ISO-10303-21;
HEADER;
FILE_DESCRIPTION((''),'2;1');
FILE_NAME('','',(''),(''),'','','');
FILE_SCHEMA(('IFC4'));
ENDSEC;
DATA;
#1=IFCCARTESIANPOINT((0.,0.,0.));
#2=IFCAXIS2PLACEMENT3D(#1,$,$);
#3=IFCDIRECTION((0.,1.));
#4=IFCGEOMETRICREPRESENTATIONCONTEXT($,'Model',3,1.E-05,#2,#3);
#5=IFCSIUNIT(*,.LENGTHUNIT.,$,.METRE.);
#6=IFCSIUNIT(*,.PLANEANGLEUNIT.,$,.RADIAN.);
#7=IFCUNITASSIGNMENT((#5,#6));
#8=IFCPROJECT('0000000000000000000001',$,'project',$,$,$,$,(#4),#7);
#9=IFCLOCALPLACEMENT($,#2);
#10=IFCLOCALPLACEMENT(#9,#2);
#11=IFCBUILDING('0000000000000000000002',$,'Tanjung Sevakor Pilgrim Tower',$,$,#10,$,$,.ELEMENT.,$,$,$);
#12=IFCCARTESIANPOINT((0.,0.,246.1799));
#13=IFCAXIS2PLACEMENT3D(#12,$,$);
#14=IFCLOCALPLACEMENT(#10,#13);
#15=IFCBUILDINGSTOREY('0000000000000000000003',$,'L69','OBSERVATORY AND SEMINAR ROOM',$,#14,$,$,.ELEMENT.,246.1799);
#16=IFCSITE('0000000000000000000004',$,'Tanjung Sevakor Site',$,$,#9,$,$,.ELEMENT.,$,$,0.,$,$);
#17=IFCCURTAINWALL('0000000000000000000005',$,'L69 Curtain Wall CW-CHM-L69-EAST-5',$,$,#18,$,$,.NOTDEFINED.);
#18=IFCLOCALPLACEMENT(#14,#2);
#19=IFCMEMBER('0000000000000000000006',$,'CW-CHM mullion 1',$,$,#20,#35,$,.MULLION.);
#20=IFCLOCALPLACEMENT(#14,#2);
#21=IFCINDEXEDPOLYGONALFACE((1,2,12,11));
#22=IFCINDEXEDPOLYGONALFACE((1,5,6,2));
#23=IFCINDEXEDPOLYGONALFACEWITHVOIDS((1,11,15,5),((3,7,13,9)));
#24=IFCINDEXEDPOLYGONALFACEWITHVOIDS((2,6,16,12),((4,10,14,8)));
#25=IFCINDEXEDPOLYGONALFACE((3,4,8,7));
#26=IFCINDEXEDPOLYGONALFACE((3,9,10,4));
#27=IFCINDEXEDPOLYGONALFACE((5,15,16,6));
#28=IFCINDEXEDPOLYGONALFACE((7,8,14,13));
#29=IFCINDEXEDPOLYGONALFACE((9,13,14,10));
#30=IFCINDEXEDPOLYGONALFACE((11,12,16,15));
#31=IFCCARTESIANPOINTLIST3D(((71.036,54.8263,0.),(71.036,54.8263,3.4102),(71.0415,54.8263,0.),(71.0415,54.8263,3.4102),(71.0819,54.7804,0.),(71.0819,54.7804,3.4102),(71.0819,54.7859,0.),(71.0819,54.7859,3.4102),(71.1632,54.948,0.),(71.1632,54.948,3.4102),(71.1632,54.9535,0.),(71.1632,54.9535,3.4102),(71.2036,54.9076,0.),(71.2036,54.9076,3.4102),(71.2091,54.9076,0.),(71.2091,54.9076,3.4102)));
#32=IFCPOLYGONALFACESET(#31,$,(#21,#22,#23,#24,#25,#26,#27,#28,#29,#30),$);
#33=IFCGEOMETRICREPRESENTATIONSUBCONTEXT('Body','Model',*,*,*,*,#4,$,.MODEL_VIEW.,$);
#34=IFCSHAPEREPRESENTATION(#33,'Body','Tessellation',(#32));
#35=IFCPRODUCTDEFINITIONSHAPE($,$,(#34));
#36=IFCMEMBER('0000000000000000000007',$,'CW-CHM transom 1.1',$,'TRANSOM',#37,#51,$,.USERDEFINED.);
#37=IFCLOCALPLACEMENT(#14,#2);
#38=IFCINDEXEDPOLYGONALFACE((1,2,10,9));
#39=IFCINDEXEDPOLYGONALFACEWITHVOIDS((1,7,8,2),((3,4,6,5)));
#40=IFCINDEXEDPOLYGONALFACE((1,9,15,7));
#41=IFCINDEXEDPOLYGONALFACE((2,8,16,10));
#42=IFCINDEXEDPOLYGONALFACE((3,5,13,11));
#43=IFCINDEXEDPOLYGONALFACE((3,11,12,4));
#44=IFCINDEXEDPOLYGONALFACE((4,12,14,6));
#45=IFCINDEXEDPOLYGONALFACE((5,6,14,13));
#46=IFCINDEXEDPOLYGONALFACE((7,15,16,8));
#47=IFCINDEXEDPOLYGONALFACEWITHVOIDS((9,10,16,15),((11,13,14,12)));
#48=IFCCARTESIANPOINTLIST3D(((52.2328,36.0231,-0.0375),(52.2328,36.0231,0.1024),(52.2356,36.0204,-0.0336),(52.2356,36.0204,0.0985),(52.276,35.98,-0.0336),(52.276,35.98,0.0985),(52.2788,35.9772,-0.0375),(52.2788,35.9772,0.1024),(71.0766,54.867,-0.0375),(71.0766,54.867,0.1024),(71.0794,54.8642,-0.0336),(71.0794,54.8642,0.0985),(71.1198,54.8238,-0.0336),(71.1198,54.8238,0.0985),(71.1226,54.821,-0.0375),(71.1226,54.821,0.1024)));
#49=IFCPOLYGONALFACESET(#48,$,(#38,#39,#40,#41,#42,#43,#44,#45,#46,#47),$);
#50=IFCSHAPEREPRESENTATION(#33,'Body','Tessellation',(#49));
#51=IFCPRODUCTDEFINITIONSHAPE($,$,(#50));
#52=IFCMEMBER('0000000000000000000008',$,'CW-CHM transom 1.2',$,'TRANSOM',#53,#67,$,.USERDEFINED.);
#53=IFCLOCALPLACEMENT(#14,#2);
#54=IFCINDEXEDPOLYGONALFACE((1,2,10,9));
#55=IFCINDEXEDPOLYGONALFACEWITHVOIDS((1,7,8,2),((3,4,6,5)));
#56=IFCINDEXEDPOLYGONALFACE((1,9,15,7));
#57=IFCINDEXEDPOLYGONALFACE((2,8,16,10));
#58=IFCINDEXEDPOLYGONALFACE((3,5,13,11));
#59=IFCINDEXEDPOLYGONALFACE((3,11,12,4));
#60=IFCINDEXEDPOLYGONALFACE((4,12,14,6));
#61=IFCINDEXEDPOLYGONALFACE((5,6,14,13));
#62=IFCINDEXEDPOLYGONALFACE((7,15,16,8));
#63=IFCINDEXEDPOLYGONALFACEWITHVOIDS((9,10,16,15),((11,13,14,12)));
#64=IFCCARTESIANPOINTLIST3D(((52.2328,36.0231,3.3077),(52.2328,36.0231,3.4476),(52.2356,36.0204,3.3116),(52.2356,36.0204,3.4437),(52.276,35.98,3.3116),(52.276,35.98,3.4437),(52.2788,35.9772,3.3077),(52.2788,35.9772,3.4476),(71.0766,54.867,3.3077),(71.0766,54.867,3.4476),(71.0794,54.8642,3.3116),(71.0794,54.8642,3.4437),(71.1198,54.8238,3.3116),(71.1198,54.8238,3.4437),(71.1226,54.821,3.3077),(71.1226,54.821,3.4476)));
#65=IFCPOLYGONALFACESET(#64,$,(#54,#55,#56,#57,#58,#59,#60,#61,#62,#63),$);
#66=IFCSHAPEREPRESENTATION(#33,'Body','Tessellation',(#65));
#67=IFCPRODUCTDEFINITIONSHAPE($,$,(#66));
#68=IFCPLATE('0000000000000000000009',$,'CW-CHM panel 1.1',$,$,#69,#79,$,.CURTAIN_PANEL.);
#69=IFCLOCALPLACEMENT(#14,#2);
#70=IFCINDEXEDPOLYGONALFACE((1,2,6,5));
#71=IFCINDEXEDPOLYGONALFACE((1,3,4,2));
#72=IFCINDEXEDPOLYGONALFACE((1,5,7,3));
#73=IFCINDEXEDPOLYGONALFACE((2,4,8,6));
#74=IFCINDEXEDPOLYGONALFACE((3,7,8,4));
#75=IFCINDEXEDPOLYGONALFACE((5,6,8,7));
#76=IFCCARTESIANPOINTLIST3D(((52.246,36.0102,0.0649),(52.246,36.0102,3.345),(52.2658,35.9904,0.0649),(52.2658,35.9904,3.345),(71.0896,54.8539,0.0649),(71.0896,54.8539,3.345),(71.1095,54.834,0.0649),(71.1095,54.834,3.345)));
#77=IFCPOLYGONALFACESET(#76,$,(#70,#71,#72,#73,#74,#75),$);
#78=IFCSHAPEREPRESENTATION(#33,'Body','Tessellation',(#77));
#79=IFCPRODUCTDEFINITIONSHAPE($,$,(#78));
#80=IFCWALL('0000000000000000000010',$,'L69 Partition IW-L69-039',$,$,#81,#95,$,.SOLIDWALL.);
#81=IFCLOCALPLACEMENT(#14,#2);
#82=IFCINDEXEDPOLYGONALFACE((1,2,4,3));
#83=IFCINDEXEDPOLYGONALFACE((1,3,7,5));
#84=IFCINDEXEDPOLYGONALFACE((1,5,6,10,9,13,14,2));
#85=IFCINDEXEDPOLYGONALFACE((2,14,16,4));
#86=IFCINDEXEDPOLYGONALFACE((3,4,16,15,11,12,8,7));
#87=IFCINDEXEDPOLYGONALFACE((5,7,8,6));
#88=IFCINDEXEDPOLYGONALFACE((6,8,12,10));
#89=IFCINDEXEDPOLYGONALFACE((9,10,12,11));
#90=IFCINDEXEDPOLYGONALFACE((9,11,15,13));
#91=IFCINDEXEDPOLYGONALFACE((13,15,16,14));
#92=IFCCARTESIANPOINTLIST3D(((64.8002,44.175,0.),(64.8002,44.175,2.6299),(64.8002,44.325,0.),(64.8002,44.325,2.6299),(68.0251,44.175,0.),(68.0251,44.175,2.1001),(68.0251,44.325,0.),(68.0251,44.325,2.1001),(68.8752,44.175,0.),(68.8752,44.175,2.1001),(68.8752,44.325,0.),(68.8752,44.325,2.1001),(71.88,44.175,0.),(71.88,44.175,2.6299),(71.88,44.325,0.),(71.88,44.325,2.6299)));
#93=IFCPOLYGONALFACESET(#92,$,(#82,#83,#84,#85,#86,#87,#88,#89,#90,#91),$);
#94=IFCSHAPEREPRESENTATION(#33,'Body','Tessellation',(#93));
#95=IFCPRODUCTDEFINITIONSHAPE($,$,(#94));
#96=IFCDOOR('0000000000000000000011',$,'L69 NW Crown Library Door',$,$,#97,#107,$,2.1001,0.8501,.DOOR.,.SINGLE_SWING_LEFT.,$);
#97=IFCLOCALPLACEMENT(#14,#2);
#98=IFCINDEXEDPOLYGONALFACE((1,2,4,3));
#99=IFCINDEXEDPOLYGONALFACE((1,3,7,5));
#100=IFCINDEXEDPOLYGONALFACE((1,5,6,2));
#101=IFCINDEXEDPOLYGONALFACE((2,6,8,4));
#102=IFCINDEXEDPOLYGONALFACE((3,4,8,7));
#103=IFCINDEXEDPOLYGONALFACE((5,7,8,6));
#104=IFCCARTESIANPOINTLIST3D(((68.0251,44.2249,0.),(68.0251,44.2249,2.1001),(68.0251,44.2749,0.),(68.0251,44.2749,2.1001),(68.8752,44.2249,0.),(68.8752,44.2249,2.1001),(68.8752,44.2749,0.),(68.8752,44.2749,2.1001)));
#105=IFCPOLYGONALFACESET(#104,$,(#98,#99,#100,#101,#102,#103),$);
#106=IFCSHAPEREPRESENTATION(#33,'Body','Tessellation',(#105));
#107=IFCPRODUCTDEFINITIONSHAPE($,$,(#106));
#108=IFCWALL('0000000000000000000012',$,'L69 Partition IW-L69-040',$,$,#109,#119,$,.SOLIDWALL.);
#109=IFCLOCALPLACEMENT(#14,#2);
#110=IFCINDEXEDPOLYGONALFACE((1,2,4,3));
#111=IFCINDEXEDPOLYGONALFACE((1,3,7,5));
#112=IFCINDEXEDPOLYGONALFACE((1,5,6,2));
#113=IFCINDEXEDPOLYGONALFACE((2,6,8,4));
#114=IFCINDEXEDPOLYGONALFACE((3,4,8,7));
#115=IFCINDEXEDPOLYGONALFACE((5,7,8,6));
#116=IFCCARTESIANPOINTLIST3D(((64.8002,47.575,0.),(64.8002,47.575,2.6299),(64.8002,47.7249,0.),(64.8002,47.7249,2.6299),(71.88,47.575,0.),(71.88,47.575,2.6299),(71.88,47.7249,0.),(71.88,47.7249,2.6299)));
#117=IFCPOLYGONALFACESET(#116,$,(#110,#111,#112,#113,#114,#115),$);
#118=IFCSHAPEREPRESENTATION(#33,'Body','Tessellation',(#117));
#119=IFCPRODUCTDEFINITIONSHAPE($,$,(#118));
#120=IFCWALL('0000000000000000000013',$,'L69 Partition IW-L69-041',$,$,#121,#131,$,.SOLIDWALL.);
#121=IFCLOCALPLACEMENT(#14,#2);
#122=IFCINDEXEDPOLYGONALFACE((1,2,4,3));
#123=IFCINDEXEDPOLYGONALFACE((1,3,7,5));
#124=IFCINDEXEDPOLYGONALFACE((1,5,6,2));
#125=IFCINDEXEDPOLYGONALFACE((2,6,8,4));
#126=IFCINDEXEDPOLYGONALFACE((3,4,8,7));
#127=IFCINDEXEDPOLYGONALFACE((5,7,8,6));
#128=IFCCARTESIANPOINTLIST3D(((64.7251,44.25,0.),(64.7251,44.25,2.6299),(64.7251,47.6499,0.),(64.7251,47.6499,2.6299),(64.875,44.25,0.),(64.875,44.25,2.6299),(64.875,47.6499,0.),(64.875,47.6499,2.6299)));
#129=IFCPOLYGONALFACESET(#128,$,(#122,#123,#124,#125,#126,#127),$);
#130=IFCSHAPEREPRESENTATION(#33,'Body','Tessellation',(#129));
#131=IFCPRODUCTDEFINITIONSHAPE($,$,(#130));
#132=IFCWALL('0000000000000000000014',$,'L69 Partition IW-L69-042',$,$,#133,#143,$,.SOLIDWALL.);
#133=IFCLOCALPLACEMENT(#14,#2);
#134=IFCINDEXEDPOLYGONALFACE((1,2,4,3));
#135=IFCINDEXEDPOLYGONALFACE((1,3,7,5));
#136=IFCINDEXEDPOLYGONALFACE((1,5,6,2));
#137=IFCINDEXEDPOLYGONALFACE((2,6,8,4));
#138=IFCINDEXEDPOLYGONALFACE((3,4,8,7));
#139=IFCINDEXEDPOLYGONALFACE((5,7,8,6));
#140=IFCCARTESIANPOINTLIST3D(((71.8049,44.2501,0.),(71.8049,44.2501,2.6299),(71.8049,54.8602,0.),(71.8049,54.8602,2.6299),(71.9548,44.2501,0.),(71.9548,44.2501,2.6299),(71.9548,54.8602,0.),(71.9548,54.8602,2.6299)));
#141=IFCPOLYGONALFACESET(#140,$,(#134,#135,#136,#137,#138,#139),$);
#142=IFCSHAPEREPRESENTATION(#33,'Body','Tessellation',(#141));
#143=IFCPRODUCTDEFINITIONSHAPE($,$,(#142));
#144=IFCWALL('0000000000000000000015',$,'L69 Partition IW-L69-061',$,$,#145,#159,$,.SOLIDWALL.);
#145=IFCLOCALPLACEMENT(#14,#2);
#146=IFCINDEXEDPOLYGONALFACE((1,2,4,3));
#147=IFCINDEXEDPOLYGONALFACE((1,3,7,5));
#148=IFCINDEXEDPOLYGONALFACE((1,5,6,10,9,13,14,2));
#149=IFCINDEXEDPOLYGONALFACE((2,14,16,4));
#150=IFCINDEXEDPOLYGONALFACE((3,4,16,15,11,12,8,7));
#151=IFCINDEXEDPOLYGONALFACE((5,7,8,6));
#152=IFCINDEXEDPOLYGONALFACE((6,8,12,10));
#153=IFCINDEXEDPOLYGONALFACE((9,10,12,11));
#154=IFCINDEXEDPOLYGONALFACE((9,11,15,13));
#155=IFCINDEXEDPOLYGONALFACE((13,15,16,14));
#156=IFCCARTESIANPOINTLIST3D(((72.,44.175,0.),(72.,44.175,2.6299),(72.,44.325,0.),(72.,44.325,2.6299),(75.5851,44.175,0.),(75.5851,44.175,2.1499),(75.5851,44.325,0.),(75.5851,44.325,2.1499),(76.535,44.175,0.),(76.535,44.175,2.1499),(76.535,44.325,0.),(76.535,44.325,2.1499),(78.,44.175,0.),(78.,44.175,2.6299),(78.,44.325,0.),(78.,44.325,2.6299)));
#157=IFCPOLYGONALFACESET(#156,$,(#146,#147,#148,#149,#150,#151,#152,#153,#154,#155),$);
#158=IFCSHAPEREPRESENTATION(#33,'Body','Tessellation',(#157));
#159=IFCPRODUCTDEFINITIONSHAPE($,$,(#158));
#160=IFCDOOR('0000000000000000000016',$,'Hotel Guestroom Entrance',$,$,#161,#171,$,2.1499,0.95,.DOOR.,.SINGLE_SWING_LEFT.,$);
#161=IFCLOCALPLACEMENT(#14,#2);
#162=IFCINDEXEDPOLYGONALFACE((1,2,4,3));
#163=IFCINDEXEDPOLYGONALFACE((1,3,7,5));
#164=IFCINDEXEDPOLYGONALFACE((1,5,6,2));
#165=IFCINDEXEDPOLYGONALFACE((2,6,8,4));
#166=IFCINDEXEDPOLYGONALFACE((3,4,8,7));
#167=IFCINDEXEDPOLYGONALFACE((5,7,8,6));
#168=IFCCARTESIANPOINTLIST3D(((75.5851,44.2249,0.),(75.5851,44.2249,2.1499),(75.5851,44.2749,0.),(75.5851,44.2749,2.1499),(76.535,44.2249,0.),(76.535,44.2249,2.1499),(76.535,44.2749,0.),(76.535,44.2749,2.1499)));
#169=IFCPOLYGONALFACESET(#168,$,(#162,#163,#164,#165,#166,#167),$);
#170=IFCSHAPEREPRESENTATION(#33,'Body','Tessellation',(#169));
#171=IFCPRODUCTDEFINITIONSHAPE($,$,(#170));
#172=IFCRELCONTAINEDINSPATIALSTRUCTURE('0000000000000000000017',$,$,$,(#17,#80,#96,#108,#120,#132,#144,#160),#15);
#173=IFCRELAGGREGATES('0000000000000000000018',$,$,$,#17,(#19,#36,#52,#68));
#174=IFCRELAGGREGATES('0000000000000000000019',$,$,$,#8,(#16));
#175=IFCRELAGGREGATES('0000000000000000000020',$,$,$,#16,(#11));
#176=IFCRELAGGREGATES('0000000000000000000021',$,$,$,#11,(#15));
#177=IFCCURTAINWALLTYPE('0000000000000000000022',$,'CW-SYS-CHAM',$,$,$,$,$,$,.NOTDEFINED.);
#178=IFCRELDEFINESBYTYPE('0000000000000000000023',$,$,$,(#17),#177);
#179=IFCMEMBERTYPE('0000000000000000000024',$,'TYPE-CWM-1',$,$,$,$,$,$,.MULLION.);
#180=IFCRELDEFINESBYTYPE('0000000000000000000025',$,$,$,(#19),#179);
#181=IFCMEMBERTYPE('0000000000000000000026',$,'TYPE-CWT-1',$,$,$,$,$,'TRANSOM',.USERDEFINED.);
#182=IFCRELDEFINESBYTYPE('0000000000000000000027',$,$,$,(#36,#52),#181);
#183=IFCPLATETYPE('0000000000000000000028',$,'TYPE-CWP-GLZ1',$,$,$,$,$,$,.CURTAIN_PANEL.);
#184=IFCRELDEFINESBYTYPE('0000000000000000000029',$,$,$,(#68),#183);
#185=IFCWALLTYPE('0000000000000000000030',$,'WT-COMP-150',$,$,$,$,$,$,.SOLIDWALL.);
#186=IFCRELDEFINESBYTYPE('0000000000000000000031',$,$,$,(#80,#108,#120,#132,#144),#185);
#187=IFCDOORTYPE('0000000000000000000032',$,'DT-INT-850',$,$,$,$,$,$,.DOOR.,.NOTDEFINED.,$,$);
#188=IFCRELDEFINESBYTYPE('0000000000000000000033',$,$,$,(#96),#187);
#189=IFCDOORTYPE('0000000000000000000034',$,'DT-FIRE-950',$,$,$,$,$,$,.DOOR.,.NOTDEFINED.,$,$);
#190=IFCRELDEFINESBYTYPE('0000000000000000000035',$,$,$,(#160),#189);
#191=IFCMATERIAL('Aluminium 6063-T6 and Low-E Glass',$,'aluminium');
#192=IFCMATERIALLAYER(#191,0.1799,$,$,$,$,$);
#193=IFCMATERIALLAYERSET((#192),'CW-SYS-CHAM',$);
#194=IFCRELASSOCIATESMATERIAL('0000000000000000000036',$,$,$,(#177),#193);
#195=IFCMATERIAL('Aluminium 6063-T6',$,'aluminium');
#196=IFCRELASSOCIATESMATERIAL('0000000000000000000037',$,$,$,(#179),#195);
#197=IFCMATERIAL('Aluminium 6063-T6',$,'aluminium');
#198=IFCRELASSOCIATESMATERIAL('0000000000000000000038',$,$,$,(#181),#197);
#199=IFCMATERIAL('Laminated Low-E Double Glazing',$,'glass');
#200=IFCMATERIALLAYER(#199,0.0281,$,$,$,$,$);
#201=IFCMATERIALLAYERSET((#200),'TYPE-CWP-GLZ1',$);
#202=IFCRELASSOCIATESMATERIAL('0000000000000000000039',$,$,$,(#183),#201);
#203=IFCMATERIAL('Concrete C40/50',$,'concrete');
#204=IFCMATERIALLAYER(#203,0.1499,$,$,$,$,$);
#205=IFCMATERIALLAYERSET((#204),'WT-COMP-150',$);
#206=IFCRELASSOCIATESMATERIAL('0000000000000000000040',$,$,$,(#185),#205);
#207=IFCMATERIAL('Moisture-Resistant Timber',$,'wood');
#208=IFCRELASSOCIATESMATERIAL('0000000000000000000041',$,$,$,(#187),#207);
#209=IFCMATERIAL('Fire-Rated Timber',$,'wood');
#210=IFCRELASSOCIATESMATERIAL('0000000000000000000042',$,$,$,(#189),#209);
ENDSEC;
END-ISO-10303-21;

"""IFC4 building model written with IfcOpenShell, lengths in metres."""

from ifc_helpers import new_model, si_unit, direction, frame, frame_2d, origin, origin_2d, place, context, subcontext, project, spatial, rectangle, hollow_rectangle, extrude, material, layer, layer_set, material_profile, profile_set, type_object, element, fill, aggregate, save


model = new_model("IFC4")

# Units and contexts
model_context = context("Model", 3, precision=1e-05, world=origin(), true_north=direction((0.0, 1.0)))
body_context = subcontext(model_context, "Body", "Model", "MODEL_VIEW")
ifc_project = project(units=[si_unit("LENGTHUNIT", "METRE"), si_unit("PLANEANGLEUNIT", "RADIAN")], contexts=[model_context])

# Site, building, storey
site_placement = place(None, origin())
site = spatial("IfcSite", under=ifc_project, at=site_placement, Name="Tanjung Sevakor Site", CompositionType="ELEMENT", RefElevation=0.0)
building_placement = place(site_placement, origin())
building = spatial("IfcBuilding", under=site, at=building_placement, Name="Tanjung Sevakor Pilgrim Tower", CompositionType="ELEMENT")
storey_placement = place(building_placement, frame((0.0, 0.0, 246.1799)))
storey = spatial("IfcBuildingStorey", under=building, at=storey_placement, Name="L69", Description="OBSERVATORY AND SEMINAR ROOM", CompositionType="ELEMENT", Elevation=246.1799)

# Curtain wall, members, plate
ifc_material_1 = material(Name="Aluminium 6063-T6 and Low-E Glass", Category="aluminium")
ifc_layer_1 = layer(ifc_material_1, 0.1799)
ifc_layer_set_1 = layer_set([ifc_layer_1], Name="CW-SYS-CHAM")
curtain_wall_type = type_object("IfcCurtainWallType", Name="CW-SYS-CHAM", PredefinedType="NOTDEFINED", material=ifc_layer_set_1)
curtain_wall_placement = place(storey_placement, origin())
curtain_wall = element("IfcCurtainWall", 1, at=curtain_wall_placement, inside=storey, type_object=curtain_wall_type, Name="L69 Curtain Wall CW-CHM-L69-EAST-5", PredefinedType="NOTDEFINED")
ifc_material_2 = material(Name="Aluminium 6063-T6", Category="aluminium")
ifc_material_profile_1 = material_profile(ifc_material_2, hollow_rectangle(XDim=0.0649, YDim=0.1799, WallThickness=0.0039, at=origin_2d()))
ifc_profile_set_1 = profile_set([ifc_material_profile_1], Name="Aluminium 6063-T6")
member_type_1 = type_object("IfcMemberType", Name="TYPE-CWM-1", PredefinedType="MULLION", material=ifc_profile_set_1)
member_1_placement = place(storey_placement, frame((71.1226, 54.8669, 0.0), z_axis=(0.0, 0.0, 1.0), x_axis=(0.707107, -0.707107, 0.0)))
member_1 = element("IfcMember", 2, at=member_1_placement, type_object=member_type_1, Name="CW-CHM mullion 1", PredefinedType="MULLION", context=body_context, shape_type="SweptSolid", body=[
    extrude(hollow_rectangle(XDim=0.0649, YDim=0.1799, WallThickness=0.0039, at=origin_2d()), origin(), (0.0, 0.0, 1.0), 3.4102),
])
ifc_material_3 = material(Name="Aluminium 6063-T6", Category="aluminium")
ifc_material_profile_2 = material_profile(ifc_material_3, hollow_rectangle(XDim=0.0649, YDim=0.1399, WallThickness=0.0039, at=origin_2d()))
ifc_profile_set_2 = profile_set([ifc_material_profile_2], Name="Aluminium 6063-T6")
member_type_2 = type_object("IfcMemberType", Name="TYPE-CWT-1", ElementType="TRANSOM", PredefinedType="USERDEFINED", material=ifc_profile_set_2)
member_2_placement = place(storey_placement, frame((71.0996, 54.844, 0.0325), z_axis=(-0.707107, -0.707107, 0.0), x_axis=(0.707107, -0.707107, 0.0)))
member_2 = element("IfcMember", 3, at=member_2_placement, type_object=member_type_2, Name="CW-CHM transom 1.1", ObjectType="TRANSOM", PredefinedType="USERDEFINED", context=body_context, shape_type="SweptSolid", body=[
    extrude(hollow_rectangle(XDim=0.0649, YDim=0.1399, WallThickness=0.0039, at=origin_2d()), origin(), (0.0, 0.0, 1.0), 26.6492),
])
member_3_placement = place(storey_placement, frame((71.0996, 54.844, 3.3777), z_axis=(-0.707107, -0.707107, 0.0), x_axis=(0.707107, -0.707107, 0.0)))
member_3 = element("IfcMember", 4, at=member_3_placement, type_object=member_type_2, Name="CW-CHM transom 1.2", ObjectType="TRANSOM", PredefinedType="USERDEFINED", context=body_context, shape_type="SweptSolid", body=[
    extrude(hollow_rectangle(XDim=0.0649, YDim=0.1399, WallThickness=0.0039, at=origin_2d()), origin(), (0.0, 0.0, 1.0), 26.6492),
])
ifc_material_4 = material(Name="Laminated Low-E Double Glazing", Category="glass")
ifc_layer_2 = layer(ifc_material_4, 0.0281)
ifc_layer_set_2 = layer_set([ifc_layer_2], Name="TYPE-CWP-GLZ1")
plate_type = type_object("IfcPlateType", Name="TYPE-CWP-GLZ1", PredefinedType="CURTAIN_PANEL", material=ifc_layer_set_2)
plate_placement = place(storey_placement, frame((61.6777, 45.4221, 0.0649), z_axis=(0.0, 0.0, 1.0), x_axis=(-0.707107, -0.707107, 0.0)))
plate = element("IfcPlate", 5, at=plate_placement, type_object=plate_type, Name="CW-CHM panel 1.1", PredefinedType="CURTAIN_PANEL", context=body_context, shape_type="SweptSolid", body=[
    extrude(rectangle(XDim=26.6489, YDim=0.0281, at=origin_2d()), origin(), (0.0, 0.0, 1.0), 3.28),
])
aggregate(curtain_wall, [member_1, member_2, member_3, plate])

# Wall, opening, door
ifc_material_5 = material(Name="Concrete C40/50", Category="concrete")
ifc_layer_3 = layer(ifc_material_5, 0.1499)
ifc_layer_set_3 = layer_set([ifc_layer_3], Name="WT-COMP-150")
wall_type_1 = type_object("IfcWallType", Name="WT-COMP-150", PredefinedType="SOLIDWALL", material=ifc_layer_set_3)
wall_1_placement = place(storey_placement, frame((64.8, 44.25, 0.0), z_axis=(0.0, 0.0, 1.0), x_axis=(1.0, 0.0, 0.0)))
wall_1 = element("IfcWall", 6, at=wall_1_placement, inside=storey, type_object=wall_type_1, Name="L69 Partition IW-L69-039", PredefinedType="SOLIDWALL", context=body_context, shape_type="SweptSolid", body=[
    extrude(rectangle(XDim=7.0798, YDim=0.1499, at=frame_2d((3.54, 0.0))), origin(), (0.0, 0.0, 1.0), 2.6299),
])
opening_1_placement = place(wall_1_placement, frame((3.2251, 0.0, 0.0)))
opening_1 = element("IfcOpeningElement", 7, at=opening_1_placement, cuts=wall_1, PredefinedType="OPENING", context=body_context, shape_type="SweptSolid", body=[
    extrude(rectangle(XDim=0.8501, YDim=2.1001, at=frame_2d((0.425, 1.05))), frame((0.0, 0.085, 0.0), z_axis=(0.0, -1.0, 0.0), x_axis=(1.0, 0.0, 0.0)), (0.0, 0.0, 1.0), 0.1699),
])
ifc_material_6 = material(Name="Moisture-Resistant Timber", Category="wood")
door_type_1 = type_object("IfcDoorType", Name="DT-INT-850", OperationType="NOTDEFINED", PredefinedType="DOOR", material=ifc_material_6)
door_1_placement = place(opening_1_placement, origin())
door_1 = element("IfcDoor", 8, at=door_1_placement, inside=storey, type_object=door_type_1, Name="L69 NW Crown Library Door", OperationType="SINGLE_SWING_LEFT", OverallHeight=2.1001, OverallWidth=0.8501, PredefinedType="DOOR", context=body_context, shape_type="SweptSolid", body=[
    extrude(rectangle(XDim=0.8501, YDim=2.1001, at=frame_2d((0.425, 1.05))), frame((0.0, 0.0249, 0.0), z_axis=(0.0, -1.0, 0.0), x_axis=(1.0, 0.0, 0.0)), (0.0, 0.0, 1.0), 0.05),
])
fill(opening_1, door_1)

# Walls
wall_2_placement = place(storey_placement, frame((64.8, 47.6499, 0.0), z_axis=(0.0, 0.0, 1.0), x_axis=(1.0, 0.0, 0.0)))
element("IfcWall", 9, at=wall_2_placement, inside=storey, type_object=wall_type_1, Name="L69 Partition IW-L69-040", PredefinedType="SOLIDWALL", context=body_context, shape_type="SweptSolid", body=[
    extrude(rectangle(XDim=7.0798, YDim=0.1499, at=frame_2d((3.54, 0.0))), origin(), (0.0, 0.0, 1.0), 2.6299),
])
wall_3_placement = place(storey_placement, frame((64.8, 44.25, 0.0), z_axis=(0.0, 0.0, 1.0), x_axis=(0.0, 1.0, 0.0)))
element("IfcWall", 10, at=wall_3_placement, inside=storey, type_object=wall_type_1, Name="L69 Partition IW-L69-041", PredefinedType="SOLIDWALL", context=body_context, shape_type="SweptSolid", body=[
    extrude(rectangle(XDim=3.3999, YDim=0.1499, at=frame_2d((1.7, 0.0))), origin(), (0.0, 0.0, 1.0), 2.6299),
])
wall_4_placement = place(storey_placement, frame((71.8799, 44.25, 0.0), z_axis=(0.0, 0.0, 1.0), x_axis=(0.0, 1.0, 0.0)))
element("IfcWall", 11, at=wall_4_placement, inside=storey, type_object=wall_type_1, Name="L69 Partition IW-L69-042", PredefinedType="SOLIDWALL", context=body_context, shape_type="SweptSolid", body=[
    extrude(rectangle(XDim=10.6101, YDim=0.1499, at=frame_2d((5.3052, 0.0))), origin(), (0.0, 0.0, 1.0), 2.6299),
])

# Wall, opening, door
wall_5_placement = place(storey_placement, frame((72.0, 44.25, 0.0), z_axis=(0.0, 0.0, 1.0), x_axis=(1.0, 0.0, 0.0)))
wall_5 = element("IfcWall", 12, at=wall_5_placement, inside=storey, type_object=wall_type_1, Name="L69 Partition IW-L69-061", PredefinedType="SOLIDWALL", context=body_context, shape_type="SweptSolid", body=[
    extrude(rectangle(XDim=6.0, YDim=0.1499, at=frame_2d((3.0, 0.0))), origin(), (0.0, 0.0, 1.0), 2.6299),
])
opening_2_placement = place(wall_5_placement, frame((3.585, 0.0, 0.0)))
opening_2 = element("IfcOpeningElement", 13, at=opening_2_placement, cuts=wall_5, PredefinedType="OPENING", context=body_context, shape_type="SweptSolid", body=[
    extrude(rectangle(XDim=0.95, YDim=2.1499, at=frame_2d((0.4751, 1.075))), frame((0.0, 0.085, 0.0), z_axis=(0.0, -1.0, 0.0), x_axis=(1.0, 0.0, 0.0)), (0.0, 0.0, 1.0), 0.1699),
])
ifc_material_7 = material(Name="Fire-Rated Timber", Category="wood")
door_type_2 = type_object("IfcDoorType", Name="DT-FIRE-950", OperationType="NOTDEFINED", PredefinedType="DOOR", material=ifc_material_7)
door_2_placement = place(opening_2_placement, origin())
door_2 = element("IfcDoor", 14, at=door_2_placement, inside=storey, type_object=door_type_2, Name="Hotel Guestroom Entrance", OperationType="SINGLE_SWING_LEFT", OverallHeight=2.1499, OverallWidth=0.95, PredefinedType="DOOR", context=body_context, shape_type="SweptSolid", body=[
    extrude(rectangle(XDim=0.95, YDim=2.1499, at=frame_2d((0.4751, 1.075))), frame((0.0, 0.0249, 0.0), z_axis=(0.0, -1.0, 0.0), x_axis=(1.0, 0.0, 0.0)), (0.0, 0.0, 1.0), 0.05),
])
fill(opening_2, door_2)

save(model, "model.ifc")
